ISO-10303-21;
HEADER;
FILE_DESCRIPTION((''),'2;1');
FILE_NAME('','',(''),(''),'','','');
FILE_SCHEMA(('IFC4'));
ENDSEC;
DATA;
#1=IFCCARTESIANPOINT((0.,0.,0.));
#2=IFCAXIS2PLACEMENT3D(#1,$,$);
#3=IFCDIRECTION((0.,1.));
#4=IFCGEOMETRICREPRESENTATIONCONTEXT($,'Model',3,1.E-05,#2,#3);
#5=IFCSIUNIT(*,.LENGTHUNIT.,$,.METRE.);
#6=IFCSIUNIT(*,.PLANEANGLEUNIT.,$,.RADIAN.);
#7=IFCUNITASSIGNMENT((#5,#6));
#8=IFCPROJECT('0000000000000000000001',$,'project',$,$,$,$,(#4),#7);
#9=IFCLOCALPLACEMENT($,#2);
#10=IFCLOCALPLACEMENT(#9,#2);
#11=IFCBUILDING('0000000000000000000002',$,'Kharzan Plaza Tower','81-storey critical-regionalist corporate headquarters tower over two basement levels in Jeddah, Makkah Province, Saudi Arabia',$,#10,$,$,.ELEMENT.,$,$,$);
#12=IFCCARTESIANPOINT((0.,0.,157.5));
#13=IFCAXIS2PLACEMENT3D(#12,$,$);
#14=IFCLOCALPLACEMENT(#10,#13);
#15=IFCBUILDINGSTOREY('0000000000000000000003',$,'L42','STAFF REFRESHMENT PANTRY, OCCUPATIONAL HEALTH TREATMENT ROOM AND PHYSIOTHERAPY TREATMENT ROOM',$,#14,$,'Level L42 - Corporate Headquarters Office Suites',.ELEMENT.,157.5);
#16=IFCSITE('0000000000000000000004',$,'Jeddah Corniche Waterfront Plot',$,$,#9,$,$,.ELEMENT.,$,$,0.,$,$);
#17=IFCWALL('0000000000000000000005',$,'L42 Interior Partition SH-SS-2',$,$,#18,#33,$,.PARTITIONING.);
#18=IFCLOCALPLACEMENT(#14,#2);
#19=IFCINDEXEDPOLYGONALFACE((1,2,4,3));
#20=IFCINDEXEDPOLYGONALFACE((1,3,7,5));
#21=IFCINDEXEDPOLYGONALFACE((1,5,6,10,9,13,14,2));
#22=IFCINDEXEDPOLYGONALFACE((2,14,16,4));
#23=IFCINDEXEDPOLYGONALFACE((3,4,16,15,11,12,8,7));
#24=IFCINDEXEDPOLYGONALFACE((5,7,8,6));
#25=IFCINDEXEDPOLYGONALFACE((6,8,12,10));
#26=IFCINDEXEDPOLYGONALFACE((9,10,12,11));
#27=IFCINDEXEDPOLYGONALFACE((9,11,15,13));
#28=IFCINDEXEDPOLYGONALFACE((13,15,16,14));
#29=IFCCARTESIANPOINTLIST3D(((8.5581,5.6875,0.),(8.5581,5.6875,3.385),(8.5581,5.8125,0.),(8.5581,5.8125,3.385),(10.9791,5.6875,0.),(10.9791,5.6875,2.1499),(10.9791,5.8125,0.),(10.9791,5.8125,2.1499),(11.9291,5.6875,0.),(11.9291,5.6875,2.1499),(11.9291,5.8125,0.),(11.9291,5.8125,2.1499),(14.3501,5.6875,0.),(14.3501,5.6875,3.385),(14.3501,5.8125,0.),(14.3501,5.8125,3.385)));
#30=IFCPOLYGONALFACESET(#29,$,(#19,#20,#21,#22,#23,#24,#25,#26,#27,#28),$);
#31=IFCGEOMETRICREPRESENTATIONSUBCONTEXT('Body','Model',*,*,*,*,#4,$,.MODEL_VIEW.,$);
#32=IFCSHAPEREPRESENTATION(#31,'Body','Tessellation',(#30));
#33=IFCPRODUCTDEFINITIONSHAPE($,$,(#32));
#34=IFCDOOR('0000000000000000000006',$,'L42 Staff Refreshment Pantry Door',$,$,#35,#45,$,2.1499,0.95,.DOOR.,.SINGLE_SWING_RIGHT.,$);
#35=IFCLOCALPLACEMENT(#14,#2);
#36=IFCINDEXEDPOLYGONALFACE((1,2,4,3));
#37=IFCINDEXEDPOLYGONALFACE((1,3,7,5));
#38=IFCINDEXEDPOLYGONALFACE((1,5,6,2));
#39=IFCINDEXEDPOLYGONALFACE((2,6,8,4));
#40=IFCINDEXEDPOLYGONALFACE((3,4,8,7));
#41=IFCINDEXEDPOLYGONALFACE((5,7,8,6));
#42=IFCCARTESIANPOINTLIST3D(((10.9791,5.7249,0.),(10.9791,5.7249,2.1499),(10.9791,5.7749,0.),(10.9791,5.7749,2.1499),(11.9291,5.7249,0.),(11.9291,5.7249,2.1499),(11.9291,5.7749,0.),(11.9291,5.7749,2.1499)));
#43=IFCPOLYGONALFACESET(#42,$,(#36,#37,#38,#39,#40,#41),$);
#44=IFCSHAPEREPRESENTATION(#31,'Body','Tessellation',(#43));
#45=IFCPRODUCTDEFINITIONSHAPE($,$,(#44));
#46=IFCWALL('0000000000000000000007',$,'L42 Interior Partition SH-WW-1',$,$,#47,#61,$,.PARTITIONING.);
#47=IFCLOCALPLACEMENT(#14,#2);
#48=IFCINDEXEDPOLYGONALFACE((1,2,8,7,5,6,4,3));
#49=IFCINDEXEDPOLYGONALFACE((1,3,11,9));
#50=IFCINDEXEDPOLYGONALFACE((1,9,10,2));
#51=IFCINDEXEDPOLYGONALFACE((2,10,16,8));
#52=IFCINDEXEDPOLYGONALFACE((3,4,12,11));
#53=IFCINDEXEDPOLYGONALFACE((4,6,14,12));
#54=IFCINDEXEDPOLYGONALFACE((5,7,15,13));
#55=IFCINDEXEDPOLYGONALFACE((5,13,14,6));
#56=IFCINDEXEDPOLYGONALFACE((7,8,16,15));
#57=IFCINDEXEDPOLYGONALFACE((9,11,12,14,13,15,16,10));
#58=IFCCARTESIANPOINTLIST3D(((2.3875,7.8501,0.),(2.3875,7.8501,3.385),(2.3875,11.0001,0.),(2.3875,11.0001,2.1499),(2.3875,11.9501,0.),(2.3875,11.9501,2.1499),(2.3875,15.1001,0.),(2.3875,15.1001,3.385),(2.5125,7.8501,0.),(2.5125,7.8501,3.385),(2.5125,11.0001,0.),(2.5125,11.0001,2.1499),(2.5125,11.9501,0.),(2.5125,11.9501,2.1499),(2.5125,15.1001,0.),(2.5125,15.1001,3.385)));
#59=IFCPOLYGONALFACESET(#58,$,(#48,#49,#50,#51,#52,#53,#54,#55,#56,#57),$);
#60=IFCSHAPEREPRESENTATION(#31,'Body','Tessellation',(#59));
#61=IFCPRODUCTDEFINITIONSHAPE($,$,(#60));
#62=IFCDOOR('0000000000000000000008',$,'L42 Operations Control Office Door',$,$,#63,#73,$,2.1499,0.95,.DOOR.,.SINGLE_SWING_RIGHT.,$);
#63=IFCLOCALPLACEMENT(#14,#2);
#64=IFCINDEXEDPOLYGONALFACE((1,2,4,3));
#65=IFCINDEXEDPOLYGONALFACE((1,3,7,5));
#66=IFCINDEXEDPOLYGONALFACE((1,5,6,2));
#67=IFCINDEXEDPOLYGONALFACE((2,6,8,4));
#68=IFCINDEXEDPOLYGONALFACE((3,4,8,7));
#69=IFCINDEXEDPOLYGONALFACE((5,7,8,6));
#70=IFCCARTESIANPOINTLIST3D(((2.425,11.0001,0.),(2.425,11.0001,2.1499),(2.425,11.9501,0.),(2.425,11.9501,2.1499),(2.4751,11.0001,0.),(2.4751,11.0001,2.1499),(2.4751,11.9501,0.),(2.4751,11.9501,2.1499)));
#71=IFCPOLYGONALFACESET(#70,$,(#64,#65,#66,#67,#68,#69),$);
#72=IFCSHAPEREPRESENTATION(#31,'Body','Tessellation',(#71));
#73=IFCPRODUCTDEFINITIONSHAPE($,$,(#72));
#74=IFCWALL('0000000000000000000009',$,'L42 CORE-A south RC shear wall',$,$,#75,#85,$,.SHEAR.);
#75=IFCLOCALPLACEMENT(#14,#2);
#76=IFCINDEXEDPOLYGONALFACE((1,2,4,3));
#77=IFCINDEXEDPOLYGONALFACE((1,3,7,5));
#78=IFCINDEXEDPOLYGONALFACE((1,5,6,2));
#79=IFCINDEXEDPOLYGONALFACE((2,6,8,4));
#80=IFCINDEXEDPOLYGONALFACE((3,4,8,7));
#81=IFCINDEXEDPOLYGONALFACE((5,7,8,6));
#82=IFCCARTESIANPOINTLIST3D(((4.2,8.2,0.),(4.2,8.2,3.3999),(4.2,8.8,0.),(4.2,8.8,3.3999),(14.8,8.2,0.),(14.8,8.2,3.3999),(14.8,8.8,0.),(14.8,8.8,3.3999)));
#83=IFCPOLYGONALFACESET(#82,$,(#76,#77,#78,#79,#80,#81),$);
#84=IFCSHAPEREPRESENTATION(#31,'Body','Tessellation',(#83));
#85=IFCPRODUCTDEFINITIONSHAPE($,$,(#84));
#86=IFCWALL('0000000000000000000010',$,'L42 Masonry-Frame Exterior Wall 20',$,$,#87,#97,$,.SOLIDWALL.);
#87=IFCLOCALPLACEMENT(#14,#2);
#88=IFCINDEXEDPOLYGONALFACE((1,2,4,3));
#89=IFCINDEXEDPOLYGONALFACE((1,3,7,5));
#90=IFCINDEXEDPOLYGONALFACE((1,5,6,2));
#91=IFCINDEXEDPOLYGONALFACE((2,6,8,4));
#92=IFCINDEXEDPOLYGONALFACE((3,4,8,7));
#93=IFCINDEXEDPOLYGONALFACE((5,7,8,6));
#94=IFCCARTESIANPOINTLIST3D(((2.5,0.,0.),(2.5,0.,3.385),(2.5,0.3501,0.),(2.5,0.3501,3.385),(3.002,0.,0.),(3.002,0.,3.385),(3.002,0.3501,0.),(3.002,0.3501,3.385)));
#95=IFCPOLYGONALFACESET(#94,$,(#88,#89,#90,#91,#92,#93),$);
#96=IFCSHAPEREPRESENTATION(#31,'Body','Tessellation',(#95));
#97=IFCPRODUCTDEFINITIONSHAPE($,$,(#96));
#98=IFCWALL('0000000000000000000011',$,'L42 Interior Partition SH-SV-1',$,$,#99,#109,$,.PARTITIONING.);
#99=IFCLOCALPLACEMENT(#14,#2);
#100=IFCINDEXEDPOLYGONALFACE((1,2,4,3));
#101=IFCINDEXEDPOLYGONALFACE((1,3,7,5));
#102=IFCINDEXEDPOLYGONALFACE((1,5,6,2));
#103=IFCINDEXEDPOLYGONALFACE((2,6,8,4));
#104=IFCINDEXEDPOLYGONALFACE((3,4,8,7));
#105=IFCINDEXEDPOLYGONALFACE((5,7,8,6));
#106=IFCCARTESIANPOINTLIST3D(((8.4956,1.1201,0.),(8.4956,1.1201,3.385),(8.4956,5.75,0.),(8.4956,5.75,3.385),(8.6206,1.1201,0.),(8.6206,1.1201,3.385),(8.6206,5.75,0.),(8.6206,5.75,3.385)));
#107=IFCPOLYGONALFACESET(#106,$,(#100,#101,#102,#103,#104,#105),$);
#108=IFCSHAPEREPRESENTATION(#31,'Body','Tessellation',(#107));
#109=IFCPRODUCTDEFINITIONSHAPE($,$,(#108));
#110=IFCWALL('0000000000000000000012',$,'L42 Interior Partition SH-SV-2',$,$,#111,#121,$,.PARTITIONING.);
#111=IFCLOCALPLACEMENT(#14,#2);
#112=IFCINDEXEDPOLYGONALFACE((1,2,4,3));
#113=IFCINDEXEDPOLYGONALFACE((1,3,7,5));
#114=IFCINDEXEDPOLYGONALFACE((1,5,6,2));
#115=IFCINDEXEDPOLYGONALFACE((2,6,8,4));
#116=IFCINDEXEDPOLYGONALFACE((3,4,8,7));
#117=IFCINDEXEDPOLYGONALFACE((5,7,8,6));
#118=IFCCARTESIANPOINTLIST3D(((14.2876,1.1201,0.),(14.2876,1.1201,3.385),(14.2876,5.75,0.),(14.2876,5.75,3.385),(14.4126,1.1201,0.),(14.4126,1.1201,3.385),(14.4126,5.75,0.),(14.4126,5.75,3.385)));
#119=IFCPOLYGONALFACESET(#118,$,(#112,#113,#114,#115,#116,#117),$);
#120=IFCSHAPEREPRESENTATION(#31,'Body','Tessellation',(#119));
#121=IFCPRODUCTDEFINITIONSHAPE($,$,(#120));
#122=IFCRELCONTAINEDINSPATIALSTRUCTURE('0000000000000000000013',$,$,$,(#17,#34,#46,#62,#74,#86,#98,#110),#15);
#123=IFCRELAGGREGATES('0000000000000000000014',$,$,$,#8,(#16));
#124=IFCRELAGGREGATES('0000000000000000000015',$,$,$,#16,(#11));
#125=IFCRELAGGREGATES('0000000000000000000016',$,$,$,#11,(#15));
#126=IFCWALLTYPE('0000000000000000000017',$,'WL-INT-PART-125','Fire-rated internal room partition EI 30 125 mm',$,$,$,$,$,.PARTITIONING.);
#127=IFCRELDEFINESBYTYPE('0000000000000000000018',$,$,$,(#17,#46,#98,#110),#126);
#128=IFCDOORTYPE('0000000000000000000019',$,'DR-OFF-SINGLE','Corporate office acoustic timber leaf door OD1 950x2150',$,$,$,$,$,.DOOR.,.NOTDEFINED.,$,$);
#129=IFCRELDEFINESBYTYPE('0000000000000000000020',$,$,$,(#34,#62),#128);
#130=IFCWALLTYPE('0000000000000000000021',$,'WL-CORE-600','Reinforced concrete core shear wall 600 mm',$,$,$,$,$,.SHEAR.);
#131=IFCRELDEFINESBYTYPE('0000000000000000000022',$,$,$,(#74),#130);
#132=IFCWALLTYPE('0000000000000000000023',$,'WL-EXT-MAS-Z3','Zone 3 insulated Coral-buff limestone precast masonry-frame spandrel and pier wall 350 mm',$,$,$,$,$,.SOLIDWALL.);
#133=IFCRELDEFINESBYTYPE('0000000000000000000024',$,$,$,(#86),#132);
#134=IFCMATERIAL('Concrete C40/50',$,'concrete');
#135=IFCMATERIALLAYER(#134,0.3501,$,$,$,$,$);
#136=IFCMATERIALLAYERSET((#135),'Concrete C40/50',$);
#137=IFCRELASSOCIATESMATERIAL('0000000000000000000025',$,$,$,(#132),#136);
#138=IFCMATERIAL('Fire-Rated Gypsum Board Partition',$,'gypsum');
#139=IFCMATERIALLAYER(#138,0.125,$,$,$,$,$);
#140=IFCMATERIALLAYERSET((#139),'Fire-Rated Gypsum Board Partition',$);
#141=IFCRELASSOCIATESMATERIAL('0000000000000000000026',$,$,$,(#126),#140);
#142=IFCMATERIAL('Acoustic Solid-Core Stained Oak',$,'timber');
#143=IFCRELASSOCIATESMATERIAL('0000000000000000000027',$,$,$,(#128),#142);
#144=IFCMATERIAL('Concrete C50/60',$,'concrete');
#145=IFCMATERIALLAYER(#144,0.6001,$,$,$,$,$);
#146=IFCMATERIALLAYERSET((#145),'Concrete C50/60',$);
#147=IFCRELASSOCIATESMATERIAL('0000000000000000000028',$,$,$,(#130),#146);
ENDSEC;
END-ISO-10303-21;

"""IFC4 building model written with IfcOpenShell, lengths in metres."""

from ifc_helpers import new_model, si_unit, direction, frame, frame_2d, origin, place, context, subcontext, project, spatial, rectangle, extrude, source, transform, mapped, material, layer, layer_set, type_object, element, fill, save


model = new_model("IFC4")

# Units and contexts
model_context = context("Model", 3, precision=1e-05, world=origin(), true_north=direction((0.0, 1.0)))
body_context = subcontext(model_context, "Body", "Model", "MODEL_VIEW")
ifc_project = project(units=[si_unit("LENGTHUNIT", "METRE"), si_unit("PLANEANGLEUNIT", "RADIAN")], contexts=[model_context])

# Site, building, storey
site_placement = place(None, origin())
site = spatial("IfcSite", under=ifc_project, at=site_placement, Name="Jeddah Corniche Waterfront Plot", CompositionType="ELEMENT", RefElevation=0.0)
building_placement = place(site_placement, origin())
building = spatial("IfcBuilding", under=site, at=building_placement, Name="Kharzan Plaza Tower", Description="81-storey critical-regionalist corporate headquarters tower over two basement levels in Jeddah, Makkah Province, Saudi Arabia", CompositionType="ELEMENT")
storey_placement = place(building_placement, frame((0.0, 0.0, 157.5)))
storey = spatial("IfcBuildingStorey", under=building, at=storey_placement, Name="L42", Description="STAFF REFRESHMENT PANTRY, OCCUPATIONAL HEALTH TREATMENT ROOM AND PHYSIOTHERAPY TREATMENT ROOM", LongName="Level L42 - Corporate Headquarters Office Suites", CompositionType="ELEMENT", Elevation=157.5)

# Shared definitions
ifc_material_1 = material(Name="Concrete C50/60", Category="concrete")

# Shared definitions
ifc_material_2 = material(Name="Concrete C40/50", Category="concrete")
ifc_layer_1 = layer(ifc_material_2, 0.3501)
ifc_layer_set_1 = layer_set([ifc_layer_1], Name="Concrete C40/50")
wall_type_1 = type_object("IfcWallType", Name="WL-EXT-MAS-Z3", Description="Zone 3 insulated Coral-buff limestone precast masonry-frame spandrel and pier wall 350 mm", PredefinedType="SOLIDWALL", material=ifc_layer_set_1)

# Walls, openings, doors
ifc_material_3 = material(Name="Fire-Rated Gypsum Board Partition", Category="gypsum")
ifc_layer_2 = layer(ifc_material_3, 0.125)
ifc_layer_set_2 = layer_set([ifc_layer_2], Name="Fire-Rated Gypsum Board Partition")
wall_type_2 = type_object("IfcWallType", Name="WL-INT-PART-125", Description="Fire-rated internal room partition EI 30 125 mm", PredefinedType="PARTITIONING", material=ifc_layer_set_2)
wall_1_placement = place(storey_placement, frame((8.5581, 5.75, 0.0), z_axis=(0.0, 0.0, 1.0), x_axis=(1.0, 0.0, 0.0)))
wall_1 = element("IfcWall", 1, at=wall_1_placement, inside=storey, type_object=wall_type_2, Name="L42 Interior Partition SH-SS-2", PredefinedType="PARTITIONING", context=body_context, shape_type="SweptSolid", body=[
    extrude(rectangle(XDim=5.792, YDim=0.125, at=frame_2d((2.896, 0.0))), origin(), (0.0, 0.0, 1.0), 3.385),
])
opening_1_placement = place(wall_1_placement, frame((2.4209, 0.0, 0.0)))
opening_1 = element("IfcOpeningElement", 2, at=opening_1_placement, cuts=wall_1, PredefinedType="OPENING", context=body_context, shape_type="SweptSolid", body=[
    extrude(rectangle(XDim=0.95, YDim=2.1499, at=frame_2d((0.4751, 1.075))), frame((0.0, 0.0725, 0.0), z_axis=(0.0, -1.0, 0.0), x_axis=(1.0, 0.0, 0.0)), (0.0, 0.0, 1.0), 0.145),
])
ifc_material_4 = material(Name="Acoustic Solid-Core Stained Oak", Category="timber")
door_type = type_object("IfcDoorType", Name="DR-OFF-SINGLE", Description="Corporate office acoustic timber leaf door OD1 950x2150", OperationType="NOTDEFINED", PredefinedType="DOOR", material=ifc_material_4)
shared_shape_1 = source(origin(), body_context, "Body", "SweptSolid", [
    extrude(rectangle(XDim=0.95, YDim=2.1499, at=frame_2d((0.4751, 1.075))), frame((0.0, 0.0249, 0.0), z_axis=(0.0, -1.0, 0.0), x_axis=(1.0, 0.0, 0.0)), (0.0, 0.0, 1.0), 0.05),
])
door_1_placement = place(opening_1_placement, origin())
door_1 = element("IfcDoor", 3, at=door_1_placement, inside=storey, type_object=door_type, Name="L42 Staff Refreshment Pantry Door", OperationType="SINGLE_SWING_RIGHT", OverallHeight=2.1499, OverallWidth=0.95, PredefinedType="DOOR", context=body_context, shape_type="MappedRepresentation", body=[
    mapped(shared_shape_1, transform((0.0, 0.0, 0.0), x_axis=(1.0, 0.0, 0.0), y_axis=(0.0, 1.0, 0.0), z_axis=(0.0, 0.0, 1.0))),
])
fill(opening_1, door_1)
wall_2_placement = place(storey_placement, frame((2.45, 7.8501, 0.0), z_axis=(0.0, 0.0, 1.0), x_axis=(0.0, 1.0, 0.0)))
wall_2 = element("IfcWall", 4, at=wall_2_placement, inside=storey, type_object=wall_type_2, Name="L42 Interior Partition SH-WW-1", PredefinedType="PARTITIONING", context=body_context, shape_type="SweptSolid", body=[
    extrude(rectangle(XDim=7.25, YDim=0.125, at=frame_2d((3.625, 0.0))), origin(), (0.0, 0.0, 1.0), 3.385),
])
opening_2_placement = place(wall_2_placement, frame((3.1499, 0.0, 0.0)))
opening_2 = element("IfcOpeningElement", 5, at=opening_2_placement, cuts=wall_2, PredefinedType="OPENING", context=body_context, shape_type="SweptSolid", body=[
    extrude(rectangle(XDim=0.95, YDim=2.1499, at=frame_2d((0.4751, 1.075))), frame((0.0, 0.0725, 0.0), z_axis=(0.0, -1.0, 0.0), x_axis=(1.0, 0.0, 0.0)), (0.0, 0.0, 1.0), 0.145),
])
door_2_placement = place(opening_2_placement, origin())
door_2 = element("IfcDoor", 6, at=door_2_placement, inside=storey, type_object=door_type, Name="L42 Operations Control Office Door", OperationType="SINGLE_SWING_RIGHT", OverallHeight=2.1499, OverallWidth=0.95, PredefinedType="DOOR", context=body_context, shape_type="MappedRepresentation", body=[
    mapped(shared_shape_1, transform((0.0, 0.0, 0.0), x_axis=(1.0, 0.0, 0.0), y_axis=(0.0, 1.0, 0.0), z_axis=(0.0, 0.0, 1.0))),
])
fill(opening_2, door_2)

# Walls
ifc_layer_3 = layer(ifc_material_1, 0.6001)
ifc_layer_set_3 = layer_set([ifc_layer_3], Name="Concrete C50/60")
wall_type_3 = type_object("IfcWallType", Name="WL-CORE-600", Description="Reinforced concrete core shear wall 600 mm", PredefinedType="SHEAR", material=ifc_layer_set_3)
shared_shape_2 = source(origin(), body_context, "Body", "SweptSolid", [
    extrude(rectangle(XDim=10.6001, YDim=0.6001, at=frame_2d((5.3, 0.0))), origin(), (0.0, 0.0, 1.0), 3.3999),
])
wall_3_placement = place(storey_placement, frame((4.2, 8.5, 0.0), z_axis=(0.0, 0.0, 1.0), x_axis=(1.0, 0.0, 0.0)))
element("IfcWall", 7, at=wall_3_placement, inside=storey, type_object=wall_type_3, Name="L42 CORE-A south RC shear wall", PredefinedType="SHEAR", context=body_context, shape_type="MappedRepresentation", body=[
    mapped(shared_shape_2, transform((0.0, 0.0, 0.0), x_axis=(1.0, 0.0, 0.0), y_axis=(0.0, 1.0, 0.0), z_axis=(0.0, 0.0, 1.0))),
])
shared_shape_3 = source(origin(), body_context, "Body", "SweptSolid", [
    extrude(rectangle(XDim=0.502, YDim=0.3501, at=frame_2d((0.251, 0.0))), origin(), (0.0, 0.0, 1.0), 3.385),
])
wall_4_placement = place(storey_placement, frame((2.5, 0.175, 0.0), z_axis=(0.0, 0.0, 1.0), x_axis=(1.0, 0.0, 0.0)))
element("IfcWall", 8, at=wall_4_placement, inside=storey, type_object=wall_type_1, Name="L42 Masonry-Frame Exterior Wall 20", PredefinedType="SOLIDWALL", context=body_context, shape_type="MappedRepresentation", body=[
    mapped(shared_shape_3, transform((0.0, 0.0, 0.0), x_axis=(1.0, 0.0, 0.0), y_axis=(0.0, 1.0, 0.0), z_axis=(0.0, 0.0, 1.0))),
])
shared_shape_4 = source(origin(), body_context, "Body", "SweptSolid", [
    extrude(rectangle(XDim=4.6299, YDim=0.125, at=frame_2d((2.3149, 0.0))), origin(), (0.0, 0.0, 1.0), 3.385),
])
for number, where, z_axis, x_axis, name in (
    (9, (8.5581, 1.1201, 0.0), (0.0, 0.0, 1.0), (0.0, 1.0, 0.0), "L42 Interior Partition SH-SV-1"),
    (10, (14.3501, 1.1201, 0.0), (0.0, 0.0, 1.0), (0.0, 1.0, 0.0), "L42 Interior Partition SH-SV-2"),
):
    element("IfcWall", number, at=place(storey_placement, frame(where, z_axis=z_axis, x_axis=x_axis)), inside=storey, type_object=wall_type_2, Name=name, PredefinedType="PARTITIONING", context=body_context, shape_type="MappedRepresentation", body=[
        mapped(shared_shape_4, transform((0.0, 0.0, 0.0), x_axis=(1.0, 0.0, 0.0), y_axis=(0.0, 1.0, 0.0), z_axis=(0.0, 0.0, 1.0))),
    ])

save(model, "model.ifc")
